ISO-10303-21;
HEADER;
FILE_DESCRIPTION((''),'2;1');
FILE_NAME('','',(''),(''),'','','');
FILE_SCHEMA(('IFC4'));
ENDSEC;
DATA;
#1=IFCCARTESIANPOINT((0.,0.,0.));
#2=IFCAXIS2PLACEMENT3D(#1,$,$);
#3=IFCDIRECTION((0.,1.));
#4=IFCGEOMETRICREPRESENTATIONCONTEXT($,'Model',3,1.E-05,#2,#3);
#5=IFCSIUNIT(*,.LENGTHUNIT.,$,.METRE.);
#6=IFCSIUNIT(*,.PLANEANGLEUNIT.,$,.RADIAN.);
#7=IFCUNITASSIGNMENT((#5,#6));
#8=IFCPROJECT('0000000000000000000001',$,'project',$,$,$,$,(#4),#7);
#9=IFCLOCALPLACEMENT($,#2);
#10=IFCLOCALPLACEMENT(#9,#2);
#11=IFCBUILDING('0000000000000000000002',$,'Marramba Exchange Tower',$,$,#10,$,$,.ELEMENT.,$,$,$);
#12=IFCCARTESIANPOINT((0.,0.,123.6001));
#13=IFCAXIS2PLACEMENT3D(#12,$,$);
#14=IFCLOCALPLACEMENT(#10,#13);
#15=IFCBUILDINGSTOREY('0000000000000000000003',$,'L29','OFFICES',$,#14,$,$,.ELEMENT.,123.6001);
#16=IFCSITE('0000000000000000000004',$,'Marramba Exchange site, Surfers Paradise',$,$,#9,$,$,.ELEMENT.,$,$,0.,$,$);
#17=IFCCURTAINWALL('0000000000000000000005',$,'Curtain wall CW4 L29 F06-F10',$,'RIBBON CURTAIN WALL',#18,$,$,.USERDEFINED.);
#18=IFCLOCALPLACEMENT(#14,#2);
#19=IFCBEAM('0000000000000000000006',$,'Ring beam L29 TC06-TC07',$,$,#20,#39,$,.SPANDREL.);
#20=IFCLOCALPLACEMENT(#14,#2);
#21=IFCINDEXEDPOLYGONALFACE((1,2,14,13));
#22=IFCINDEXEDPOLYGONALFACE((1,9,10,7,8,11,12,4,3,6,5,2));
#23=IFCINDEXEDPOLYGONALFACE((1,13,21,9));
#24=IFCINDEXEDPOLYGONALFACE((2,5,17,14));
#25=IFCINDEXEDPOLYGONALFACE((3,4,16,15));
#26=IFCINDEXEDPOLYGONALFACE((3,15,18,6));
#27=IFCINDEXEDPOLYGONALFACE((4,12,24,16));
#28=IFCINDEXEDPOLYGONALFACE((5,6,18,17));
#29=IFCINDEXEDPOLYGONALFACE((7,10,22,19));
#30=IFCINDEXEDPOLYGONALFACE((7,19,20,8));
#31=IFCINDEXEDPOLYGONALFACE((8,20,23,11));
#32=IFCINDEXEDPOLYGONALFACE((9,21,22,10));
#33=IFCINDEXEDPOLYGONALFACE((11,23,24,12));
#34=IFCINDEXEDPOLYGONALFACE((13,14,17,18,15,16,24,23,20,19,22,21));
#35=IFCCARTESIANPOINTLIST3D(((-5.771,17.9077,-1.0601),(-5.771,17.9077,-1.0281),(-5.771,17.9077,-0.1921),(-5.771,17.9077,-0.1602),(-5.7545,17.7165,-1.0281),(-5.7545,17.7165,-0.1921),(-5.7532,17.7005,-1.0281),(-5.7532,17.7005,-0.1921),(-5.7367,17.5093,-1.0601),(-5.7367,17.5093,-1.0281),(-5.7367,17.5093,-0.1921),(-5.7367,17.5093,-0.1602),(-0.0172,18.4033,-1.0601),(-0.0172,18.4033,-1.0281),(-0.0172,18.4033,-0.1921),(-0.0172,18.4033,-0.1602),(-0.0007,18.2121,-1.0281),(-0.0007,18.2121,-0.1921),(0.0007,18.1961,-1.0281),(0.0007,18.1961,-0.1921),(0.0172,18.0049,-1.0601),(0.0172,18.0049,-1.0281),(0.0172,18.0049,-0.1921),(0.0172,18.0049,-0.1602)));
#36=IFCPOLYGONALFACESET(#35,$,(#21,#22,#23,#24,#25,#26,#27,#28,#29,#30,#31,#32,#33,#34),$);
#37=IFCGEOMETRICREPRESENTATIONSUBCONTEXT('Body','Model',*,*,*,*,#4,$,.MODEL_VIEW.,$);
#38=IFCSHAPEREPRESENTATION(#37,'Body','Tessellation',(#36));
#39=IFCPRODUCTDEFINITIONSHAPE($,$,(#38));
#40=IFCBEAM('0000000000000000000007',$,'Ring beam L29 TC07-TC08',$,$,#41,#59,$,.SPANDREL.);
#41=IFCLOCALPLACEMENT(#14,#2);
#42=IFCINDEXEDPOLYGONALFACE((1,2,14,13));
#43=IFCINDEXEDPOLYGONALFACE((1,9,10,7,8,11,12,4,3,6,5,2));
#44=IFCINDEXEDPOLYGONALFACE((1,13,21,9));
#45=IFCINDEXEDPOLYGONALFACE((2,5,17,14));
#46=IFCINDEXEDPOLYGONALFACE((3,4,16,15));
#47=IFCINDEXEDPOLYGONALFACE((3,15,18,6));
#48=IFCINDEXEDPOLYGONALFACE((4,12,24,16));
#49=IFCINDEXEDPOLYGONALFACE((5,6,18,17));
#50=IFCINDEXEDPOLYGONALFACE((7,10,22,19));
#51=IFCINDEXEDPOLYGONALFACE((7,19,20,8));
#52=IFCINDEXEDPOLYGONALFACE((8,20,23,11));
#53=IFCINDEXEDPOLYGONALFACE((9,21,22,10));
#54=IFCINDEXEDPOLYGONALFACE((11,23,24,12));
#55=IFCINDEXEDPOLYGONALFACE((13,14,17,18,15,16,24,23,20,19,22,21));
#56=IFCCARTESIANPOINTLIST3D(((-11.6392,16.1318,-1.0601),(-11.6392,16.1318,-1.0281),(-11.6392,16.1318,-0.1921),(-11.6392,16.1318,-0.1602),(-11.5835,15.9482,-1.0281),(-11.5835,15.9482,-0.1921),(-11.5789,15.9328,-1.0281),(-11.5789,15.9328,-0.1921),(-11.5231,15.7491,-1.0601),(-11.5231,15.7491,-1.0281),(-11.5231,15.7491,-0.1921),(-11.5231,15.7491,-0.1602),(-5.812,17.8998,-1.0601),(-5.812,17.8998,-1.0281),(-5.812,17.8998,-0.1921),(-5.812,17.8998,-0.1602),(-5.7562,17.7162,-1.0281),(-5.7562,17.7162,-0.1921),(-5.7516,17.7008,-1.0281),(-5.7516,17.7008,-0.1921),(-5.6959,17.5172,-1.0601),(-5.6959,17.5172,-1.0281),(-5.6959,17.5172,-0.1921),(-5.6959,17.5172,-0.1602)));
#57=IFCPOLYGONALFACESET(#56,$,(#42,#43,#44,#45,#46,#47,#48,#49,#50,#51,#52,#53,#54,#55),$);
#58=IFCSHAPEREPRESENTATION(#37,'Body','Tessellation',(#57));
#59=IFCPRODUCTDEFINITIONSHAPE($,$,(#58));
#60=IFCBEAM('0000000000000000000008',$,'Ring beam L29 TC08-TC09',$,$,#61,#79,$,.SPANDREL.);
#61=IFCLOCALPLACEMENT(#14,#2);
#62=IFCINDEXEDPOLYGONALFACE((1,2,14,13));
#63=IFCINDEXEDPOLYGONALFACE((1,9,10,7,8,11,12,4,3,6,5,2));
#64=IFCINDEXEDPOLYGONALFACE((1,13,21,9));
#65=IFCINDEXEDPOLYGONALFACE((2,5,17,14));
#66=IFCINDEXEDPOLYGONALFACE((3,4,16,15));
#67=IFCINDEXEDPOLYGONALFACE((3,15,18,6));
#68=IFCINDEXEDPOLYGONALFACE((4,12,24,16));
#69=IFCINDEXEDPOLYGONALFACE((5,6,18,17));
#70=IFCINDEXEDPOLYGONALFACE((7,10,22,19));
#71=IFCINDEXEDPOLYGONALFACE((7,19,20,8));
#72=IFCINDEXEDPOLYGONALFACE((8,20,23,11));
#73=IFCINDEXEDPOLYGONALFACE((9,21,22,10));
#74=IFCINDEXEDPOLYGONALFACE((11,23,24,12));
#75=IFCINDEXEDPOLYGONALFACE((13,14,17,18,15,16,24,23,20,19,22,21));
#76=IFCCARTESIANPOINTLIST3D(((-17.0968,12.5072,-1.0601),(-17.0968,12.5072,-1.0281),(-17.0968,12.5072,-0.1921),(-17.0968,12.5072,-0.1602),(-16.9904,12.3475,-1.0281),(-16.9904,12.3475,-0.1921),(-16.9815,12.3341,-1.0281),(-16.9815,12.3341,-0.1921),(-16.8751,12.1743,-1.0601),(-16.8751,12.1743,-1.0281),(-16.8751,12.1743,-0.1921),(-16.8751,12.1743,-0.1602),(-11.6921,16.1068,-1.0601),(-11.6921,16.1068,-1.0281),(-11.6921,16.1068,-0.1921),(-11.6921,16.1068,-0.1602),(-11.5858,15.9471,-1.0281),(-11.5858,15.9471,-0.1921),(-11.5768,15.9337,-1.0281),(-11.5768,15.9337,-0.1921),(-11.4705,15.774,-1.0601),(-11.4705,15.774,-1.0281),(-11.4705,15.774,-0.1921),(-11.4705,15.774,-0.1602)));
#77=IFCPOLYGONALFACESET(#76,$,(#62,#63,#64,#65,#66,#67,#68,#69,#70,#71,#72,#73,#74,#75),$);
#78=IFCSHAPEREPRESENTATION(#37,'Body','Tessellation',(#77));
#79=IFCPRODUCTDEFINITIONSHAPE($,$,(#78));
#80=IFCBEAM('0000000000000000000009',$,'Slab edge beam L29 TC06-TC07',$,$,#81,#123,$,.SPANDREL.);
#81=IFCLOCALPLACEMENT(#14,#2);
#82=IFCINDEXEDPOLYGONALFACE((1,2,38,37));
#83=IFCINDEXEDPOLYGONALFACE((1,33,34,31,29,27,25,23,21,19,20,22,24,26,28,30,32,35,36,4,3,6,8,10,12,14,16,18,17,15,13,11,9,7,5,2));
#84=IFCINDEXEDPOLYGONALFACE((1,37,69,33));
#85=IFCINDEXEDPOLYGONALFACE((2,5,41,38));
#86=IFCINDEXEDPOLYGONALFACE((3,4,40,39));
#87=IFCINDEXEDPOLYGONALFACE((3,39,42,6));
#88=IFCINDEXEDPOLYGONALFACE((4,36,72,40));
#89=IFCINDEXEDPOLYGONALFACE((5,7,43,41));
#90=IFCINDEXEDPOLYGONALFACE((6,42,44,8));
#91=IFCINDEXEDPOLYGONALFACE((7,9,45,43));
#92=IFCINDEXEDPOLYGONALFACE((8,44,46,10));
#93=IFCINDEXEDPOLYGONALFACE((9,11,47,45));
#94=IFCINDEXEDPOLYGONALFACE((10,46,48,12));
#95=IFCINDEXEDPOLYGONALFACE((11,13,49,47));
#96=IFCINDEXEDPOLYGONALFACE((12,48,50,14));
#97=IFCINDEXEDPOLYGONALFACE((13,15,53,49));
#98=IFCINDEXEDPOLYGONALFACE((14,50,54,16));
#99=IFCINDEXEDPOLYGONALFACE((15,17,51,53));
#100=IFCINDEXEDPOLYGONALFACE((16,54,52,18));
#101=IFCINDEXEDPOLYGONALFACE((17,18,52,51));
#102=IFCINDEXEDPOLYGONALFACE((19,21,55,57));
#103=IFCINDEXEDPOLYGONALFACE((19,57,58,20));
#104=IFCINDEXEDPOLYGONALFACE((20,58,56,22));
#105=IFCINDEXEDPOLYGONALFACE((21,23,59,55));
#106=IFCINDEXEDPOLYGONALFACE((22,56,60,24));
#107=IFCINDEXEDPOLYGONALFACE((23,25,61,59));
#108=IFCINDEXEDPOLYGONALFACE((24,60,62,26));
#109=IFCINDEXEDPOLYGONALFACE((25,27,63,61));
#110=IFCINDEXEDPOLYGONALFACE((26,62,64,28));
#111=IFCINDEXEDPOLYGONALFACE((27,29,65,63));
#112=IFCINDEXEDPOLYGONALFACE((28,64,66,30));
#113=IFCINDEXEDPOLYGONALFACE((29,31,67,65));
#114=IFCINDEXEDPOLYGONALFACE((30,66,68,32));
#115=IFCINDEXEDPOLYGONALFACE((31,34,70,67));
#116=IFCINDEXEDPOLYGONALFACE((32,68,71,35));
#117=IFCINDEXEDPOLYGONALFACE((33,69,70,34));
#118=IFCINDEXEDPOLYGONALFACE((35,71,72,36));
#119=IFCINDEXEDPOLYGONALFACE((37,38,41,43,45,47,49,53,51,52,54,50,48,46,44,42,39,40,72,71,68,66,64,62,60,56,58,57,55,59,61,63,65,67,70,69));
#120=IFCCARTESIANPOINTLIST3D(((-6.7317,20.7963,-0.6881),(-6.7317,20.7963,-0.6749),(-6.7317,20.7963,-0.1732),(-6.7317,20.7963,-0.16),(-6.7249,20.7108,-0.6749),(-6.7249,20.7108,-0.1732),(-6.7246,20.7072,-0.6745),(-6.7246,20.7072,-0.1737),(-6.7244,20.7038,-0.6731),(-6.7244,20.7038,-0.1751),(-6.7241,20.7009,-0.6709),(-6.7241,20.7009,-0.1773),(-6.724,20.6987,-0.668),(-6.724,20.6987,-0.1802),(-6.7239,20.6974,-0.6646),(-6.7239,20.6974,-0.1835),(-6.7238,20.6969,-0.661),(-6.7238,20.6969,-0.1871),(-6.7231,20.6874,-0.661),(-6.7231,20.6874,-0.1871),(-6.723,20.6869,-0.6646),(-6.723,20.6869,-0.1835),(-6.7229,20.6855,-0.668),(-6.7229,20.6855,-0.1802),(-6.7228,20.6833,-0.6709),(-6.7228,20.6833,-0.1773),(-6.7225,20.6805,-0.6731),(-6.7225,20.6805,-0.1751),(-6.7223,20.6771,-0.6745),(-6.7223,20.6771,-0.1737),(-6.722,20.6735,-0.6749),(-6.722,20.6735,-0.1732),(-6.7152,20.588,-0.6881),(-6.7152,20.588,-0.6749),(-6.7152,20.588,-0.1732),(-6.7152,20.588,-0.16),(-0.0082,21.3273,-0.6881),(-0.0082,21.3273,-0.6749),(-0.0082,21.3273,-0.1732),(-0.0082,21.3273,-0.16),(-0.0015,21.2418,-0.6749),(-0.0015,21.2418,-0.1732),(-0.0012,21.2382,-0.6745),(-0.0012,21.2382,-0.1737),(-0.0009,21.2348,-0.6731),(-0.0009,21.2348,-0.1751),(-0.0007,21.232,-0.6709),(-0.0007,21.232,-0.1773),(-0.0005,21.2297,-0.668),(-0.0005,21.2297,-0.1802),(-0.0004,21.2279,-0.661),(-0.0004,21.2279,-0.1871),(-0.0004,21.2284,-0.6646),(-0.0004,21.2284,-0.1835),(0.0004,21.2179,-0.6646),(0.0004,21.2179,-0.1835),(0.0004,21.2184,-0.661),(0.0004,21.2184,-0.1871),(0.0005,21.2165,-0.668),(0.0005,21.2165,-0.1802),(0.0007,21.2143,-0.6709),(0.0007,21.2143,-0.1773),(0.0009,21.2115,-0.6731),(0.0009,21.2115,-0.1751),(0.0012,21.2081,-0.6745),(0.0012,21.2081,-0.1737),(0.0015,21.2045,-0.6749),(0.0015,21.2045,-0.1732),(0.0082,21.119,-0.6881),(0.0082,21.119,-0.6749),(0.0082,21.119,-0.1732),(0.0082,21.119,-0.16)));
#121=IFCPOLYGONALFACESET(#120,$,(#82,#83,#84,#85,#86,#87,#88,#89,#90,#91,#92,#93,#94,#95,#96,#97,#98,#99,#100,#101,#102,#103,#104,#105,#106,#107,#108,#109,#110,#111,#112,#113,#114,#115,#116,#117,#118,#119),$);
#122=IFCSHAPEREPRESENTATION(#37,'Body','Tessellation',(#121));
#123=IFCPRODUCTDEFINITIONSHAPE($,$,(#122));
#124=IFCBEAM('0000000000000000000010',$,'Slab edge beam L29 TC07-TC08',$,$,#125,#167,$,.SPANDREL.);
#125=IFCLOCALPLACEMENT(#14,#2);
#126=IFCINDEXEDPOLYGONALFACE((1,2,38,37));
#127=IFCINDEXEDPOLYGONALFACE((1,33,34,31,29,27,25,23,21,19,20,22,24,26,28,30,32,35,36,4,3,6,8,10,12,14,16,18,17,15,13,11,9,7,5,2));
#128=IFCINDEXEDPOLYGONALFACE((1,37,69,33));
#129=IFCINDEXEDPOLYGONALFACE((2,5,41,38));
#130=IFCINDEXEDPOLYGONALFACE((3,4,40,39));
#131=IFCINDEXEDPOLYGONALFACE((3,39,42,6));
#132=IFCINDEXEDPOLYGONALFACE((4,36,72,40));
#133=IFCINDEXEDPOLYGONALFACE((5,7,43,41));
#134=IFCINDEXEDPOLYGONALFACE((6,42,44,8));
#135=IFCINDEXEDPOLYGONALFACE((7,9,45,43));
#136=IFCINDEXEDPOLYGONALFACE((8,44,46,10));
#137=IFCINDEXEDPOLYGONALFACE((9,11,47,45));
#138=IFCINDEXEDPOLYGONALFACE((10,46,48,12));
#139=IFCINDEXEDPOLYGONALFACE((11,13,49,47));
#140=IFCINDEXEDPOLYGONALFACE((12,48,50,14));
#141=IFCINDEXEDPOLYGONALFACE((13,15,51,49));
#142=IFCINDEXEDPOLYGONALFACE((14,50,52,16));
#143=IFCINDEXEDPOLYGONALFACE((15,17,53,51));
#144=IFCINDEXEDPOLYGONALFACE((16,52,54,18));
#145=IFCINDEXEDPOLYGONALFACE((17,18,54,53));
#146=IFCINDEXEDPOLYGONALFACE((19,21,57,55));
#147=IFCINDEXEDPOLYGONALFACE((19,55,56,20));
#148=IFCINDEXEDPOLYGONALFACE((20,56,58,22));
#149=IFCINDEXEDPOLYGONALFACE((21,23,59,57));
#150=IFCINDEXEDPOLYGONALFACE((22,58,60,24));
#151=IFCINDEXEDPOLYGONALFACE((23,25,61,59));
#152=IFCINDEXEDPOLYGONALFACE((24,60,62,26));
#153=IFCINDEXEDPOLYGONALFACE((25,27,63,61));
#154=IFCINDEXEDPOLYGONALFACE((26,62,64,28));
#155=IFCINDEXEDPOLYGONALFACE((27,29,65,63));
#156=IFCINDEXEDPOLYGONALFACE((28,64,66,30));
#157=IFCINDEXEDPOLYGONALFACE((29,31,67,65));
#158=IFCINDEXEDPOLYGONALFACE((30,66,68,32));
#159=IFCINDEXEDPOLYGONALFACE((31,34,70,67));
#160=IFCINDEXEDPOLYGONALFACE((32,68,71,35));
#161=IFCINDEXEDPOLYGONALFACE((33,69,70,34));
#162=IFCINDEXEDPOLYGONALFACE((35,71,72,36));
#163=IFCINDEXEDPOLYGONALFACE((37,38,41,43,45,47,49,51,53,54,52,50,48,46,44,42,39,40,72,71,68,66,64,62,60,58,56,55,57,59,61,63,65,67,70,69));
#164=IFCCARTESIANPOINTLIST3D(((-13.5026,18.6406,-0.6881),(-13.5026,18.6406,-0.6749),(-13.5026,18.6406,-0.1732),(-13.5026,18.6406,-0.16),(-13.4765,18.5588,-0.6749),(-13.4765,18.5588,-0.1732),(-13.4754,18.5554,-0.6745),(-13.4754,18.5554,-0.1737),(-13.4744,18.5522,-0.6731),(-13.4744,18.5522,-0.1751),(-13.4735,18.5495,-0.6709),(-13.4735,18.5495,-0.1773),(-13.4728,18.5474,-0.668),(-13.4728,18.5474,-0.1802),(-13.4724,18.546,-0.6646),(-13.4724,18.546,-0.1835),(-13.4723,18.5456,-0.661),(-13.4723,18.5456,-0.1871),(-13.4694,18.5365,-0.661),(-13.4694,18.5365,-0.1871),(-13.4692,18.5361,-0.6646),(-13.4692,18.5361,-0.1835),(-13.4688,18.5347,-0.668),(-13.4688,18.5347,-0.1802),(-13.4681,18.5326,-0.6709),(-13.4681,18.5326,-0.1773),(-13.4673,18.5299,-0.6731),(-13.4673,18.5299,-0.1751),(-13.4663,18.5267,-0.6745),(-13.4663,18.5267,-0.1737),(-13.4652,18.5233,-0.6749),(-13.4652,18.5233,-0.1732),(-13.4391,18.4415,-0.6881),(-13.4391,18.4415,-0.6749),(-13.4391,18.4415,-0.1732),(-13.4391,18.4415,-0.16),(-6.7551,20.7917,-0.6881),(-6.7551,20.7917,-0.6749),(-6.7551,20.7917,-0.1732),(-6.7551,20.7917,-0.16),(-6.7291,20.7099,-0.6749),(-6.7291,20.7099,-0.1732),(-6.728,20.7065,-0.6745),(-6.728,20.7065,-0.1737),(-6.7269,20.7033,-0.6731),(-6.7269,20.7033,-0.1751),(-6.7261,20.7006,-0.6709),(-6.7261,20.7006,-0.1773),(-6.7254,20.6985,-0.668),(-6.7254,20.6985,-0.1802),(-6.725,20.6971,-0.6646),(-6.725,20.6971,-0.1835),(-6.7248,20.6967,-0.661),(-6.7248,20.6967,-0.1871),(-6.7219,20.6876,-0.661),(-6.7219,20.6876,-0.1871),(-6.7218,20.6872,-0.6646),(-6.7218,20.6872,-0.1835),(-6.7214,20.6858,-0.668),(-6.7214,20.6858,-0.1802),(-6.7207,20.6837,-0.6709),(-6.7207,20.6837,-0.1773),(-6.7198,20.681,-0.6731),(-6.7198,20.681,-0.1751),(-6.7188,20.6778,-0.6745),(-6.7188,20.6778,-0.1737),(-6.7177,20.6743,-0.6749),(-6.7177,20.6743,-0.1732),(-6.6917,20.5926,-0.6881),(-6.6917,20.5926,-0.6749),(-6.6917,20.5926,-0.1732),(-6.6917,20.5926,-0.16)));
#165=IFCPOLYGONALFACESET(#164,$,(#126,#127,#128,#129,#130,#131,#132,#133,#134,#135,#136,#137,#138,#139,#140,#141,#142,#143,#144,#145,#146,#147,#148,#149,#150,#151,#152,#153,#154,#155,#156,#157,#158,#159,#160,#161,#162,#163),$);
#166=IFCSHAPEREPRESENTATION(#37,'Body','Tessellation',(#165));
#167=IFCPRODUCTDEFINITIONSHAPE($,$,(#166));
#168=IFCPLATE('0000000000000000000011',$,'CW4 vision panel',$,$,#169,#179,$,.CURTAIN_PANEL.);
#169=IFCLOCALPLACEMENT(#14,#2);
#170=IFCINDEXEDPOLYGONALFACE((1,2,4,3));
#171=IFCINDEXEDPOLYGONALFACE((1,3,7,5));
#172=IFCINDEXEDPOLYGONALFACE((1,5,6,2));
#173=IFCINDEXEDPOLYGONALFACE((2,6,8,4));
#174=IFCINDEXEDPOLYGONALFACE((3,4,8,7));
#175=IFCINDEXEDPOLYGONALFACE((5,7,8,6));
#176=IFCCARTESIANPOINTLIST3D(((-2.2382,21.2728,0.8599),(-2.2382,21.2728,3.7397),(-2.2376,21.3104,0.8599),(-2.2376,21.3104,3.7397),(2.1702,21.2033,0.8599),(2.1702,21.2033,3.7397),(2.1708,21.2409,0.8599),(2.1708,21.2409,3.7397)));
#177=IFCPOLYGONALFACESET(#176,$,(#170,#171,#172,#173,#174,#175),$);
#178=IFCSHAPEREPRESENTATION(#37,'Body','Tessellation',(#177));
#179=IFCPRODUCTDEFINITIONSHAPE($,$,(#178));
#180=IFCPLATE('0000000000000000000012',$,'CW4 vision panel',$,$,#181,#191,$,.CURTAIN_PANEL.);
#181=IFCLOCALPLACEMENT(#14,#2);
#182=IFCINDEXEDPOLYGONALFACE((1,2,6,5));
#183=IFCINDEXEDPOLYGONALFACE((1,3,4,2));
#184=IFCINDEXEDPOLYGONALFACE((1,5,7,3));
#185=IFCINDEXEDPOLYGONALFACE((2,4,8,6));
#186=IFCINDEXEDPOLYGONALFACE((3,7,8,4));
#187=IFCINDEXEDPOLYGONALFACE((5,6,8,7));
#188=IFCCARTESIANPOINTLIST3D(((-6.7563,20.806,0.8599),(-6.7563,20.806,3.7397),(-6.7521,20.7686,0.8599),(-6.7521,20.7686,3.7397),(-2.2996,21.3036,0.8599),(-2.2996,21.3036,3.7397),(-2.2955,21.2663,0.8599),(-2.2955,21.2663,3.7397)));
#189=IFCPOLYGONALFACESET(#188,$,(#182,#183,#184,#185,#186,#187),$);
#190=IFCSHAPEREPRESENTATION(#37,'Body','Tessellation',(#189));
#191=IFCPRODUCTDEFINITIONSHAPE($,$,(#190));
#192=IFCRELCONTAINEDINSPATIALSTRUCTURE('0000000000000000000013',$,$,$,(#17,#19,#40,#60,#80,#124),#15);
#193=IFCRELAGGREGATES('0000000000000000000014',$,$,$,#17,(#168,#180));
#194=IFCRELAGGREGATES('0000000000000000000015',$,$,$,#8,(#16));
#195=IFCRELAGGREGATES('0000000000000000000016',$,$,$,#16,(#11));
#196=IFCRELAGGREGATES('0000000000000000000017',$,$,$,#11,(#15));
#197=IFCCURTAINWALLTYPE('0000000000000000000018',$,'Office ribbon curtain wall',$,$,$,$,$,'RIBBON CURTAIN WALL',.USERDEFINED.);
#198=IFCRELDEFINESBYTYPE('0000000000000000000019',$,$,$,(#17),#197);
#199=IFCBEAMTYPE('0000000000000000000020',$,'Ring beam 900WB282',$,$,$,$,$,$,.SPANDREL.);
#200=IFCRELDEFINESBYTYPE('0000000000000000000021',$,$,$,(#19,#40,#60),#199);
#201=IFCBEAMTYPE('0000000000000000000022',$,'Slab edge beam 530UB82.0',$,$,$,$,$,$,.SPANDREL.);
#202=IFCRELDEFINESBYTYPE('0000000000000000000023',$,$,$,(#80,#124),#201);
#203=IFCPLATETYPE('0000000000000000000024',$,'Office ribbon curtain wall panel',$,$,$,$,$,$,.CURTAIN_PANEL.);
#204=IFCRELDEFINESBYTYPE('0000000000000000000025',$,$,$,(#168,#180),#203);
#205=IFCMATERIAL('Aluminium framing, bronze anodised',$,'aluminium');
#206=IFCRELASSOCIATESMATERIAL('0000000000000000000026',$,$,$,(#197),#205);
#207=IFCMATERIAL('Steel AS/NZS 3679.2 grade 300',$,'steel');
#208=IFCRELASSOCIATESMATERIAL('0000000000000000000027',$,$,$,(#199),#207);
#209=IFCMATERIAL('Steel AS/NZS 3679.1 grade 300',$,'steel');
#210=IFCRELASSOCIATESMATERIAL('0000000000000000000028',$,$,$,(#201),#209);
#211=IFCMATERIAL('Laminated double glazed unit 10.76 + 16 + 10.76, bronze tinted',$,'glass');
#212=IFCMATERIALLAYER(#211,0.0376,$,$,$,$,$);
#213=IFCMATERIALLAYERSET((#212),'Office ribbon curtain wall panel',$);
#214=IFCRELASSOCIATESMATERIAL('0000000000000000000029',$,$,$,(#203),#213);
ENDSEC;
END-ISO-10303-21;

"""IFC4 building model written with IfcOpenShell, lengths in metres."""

from ifc_helpers import new_model, si_unit, direction, frame, origin, origin_2d, place, context, subcontext, project, spatial, rectangle, i_section, extrude, material, layer, layer_set, material_profile, profile_set, type_object, element, aggregate, save


model = new_model("IFC4")

# Units and contexts
model_context = context("Model", 3, precision=1e-05, world=origin(), true_north=direction((0.0, 1.0)))
body_context = subcontext(model_context, "Body", "Model", "MODEL_VIEW")
ifc_project = project(units=[si_unit("LENGTHUNIT", "METRE"), si_unit("PLANEANGLEUNIT", "RADIAN")], contexts=[model_context])

# Site, building, storey
site_placement = place(None, origin())
site = spatial("IfcSite", under=ifc_project, at=site_placement, Name="Marramba Exchange site, Surfers Paradise", CompositionType="ELEMENT", RefElevation=0.0)
building_placement = place(site_placement, origin())
building = spatial("IfcBuilding", under=site, at=building_placement, Name="Marramba Exchange Tower", CompositionType="ELEMENT")
storey_placement = place(building_placement, frame((0.0, 0.0, 123.6001)))
storey = spatial("IfcBuildingStorey", under=building, at=storey_placement, Name="L29", Description="OFFICES", CompositionType="ELEMENT", Elevation=123.6001)

# Shared definitions
ifc_material_1 = material(Name="Steel AS/NZS 3679.2 grade 300", Category="steel")

# Curtain wall
ifc_material_2 = material(Name="Aluminium framing, bronze anodised", Category="aluminium")
curtain_wall_type = type_object("IfcCurtainWallType", Name="Office ribbon curtain wall", ElementType="RIBBON CURTAIN WALL", PredefinedType="USERDEFINED", material=ifc_material_2)
curtain_wall_1_placement = place(storey_placement, origin())
curtain_wall_1 = element("IfcCurtainWall", 1, at=curtain_wall_1_placement, inside=storey, type_object=curtain_wall_type, Name="Curtain wall CW4 L29 F06-F10", ObjectType="RIBBON CURTAIN WALL", PredefinedType="USERDEFINED")

# Beams
ifc_material_profile_1 = material_profile(ifc_material_1, i_section(OverallWidth=0.3999, OverallDepth=0.8999, WebThickness=0.0161, FlangeThickness=0.032, at=origin_2d()), Name="900WB282")
ifc_profile_set_1 = profile_set([ifc_material_profile_1], Name="Steel AS/NZS 3679.2 grade 300")
beam_type_1 = type_object("IfcBeamType", Name="Ring beam 900WB282", PredefinedType="SPANDREL", material=ifc_profile_set_1)
beam_1_placement = place(storey_placement, frame((0.0, 18.2041, -0.6101), z_axis=(-0.996311, -0.085816, 0.0), x_axis=(0.085816, -0.996311, 0.0)))
element("IfcBeam", 2, at=beam_1_placement, inside=storey, type_object=beam_type_1, Name="Ring beam L29 TC06-TC07", PredefinedType="SPANDREL", context=body_context, shape_type="SweptSolid", body=[
    extrude(i_section(OverallWidth=0.3999, OverallDepth=0.8999, WebThickness=0.0161, FlangeThickness=0.032, at=origin_2d()), origin(), (0.0, 0.0, 1.0), 5.7751),
])
beam_2_placement = place(storey_placement, frame((-5.7539, 17.7085, -0.6101), z_axis=(-0.956925, -0.290337, 0.0), x_axis=(0.290337, -0.956925, 0.0)))
element("IfcBeam", 3, at=beam_2_placement, inside=storey, type_object=beam_type_1, Name="Ring beam L29 TC07-TC08", PredefinedType="SPANDREL", context=body_context, shape_type="SweptSolid", body=[
    extrude(i_section(OverallWidth=0.3999, OverallDepth=0.8999, WebThickness=0.0161, FlangeThickness=0.032, at=origin_2d()), origin(), (0.0, 0.0, 1.0), 6.0896),
])
beam_3_placement = place(storey_placement, frame((-11.5813, 15.9404, -0.6101), z_axis=(-0.832293, -0.554336, 0.0), x_axis=(0.554336, -0.832293, 0.0)))
element("IfcBeam", 4, at=beam_3_placement, inside=storey, type_object=beam_type_1, Name="Ring beam L29 TC08-TC09", PredefinedType="SPANDREL", context=body_context, shape_type="SweptSolid", body=[
    extrude(i_section(OverallWidth=0.3999, OverallDepth=0.8999, WebThickness=0.0161, FlangeThickness=0.032, at=origin_2d()), origin(), (0.0, 0.0, 1.0), 6.4937),
])
ifc_material_3 = material(Name="Steel AS/NZS 3679.1 grade 300", Category="steel")
ifc_material_profile_2 = material_profile(ifc_material_3, i_section(OverallWidth=0.209, OverallDepth=0.5281, WebThickness=0.0095, FlangeThickness=0.0132, FilletRadius=0.0139, at=origin_2d()), Name="530UB82.0")
ifc_profile_set_2 = profile_set([ifc_material_profile_2], Name="Steel AS/NZS 3679.1 grade 300")
beam_type_2 = type_object("IfcBeamType", Name="Slab edge beam 530UB82.0", PredefinedType="SPANDREL", material=ifc_profile_set_2)
beam_4_placement = place(storey_placement, frame((0.0, 21.2231, -0.4241), z_axis=(-0.996896, -0.078734, 0.0), x_axis=(0.078734, -0.996896, 0.0)))
element("IfcBeam", 5, at=beam_4_placement, inside=storey, type_object=beam_type_2, Name="Slab edge beam L29 TC06-TC07", PredefinedType="SPANDREL", context=body_context, shape_type="SweptSolid", body=[
    extrude(i_section(OverallWidth=0.209, OverallDepth=0.5281, WebThickness=0.0095, FlangeThickness=0.0132, FilletRadius=0.0139, at=origin_2d()), origin(), (0.0, 0.0, 1.0), 6.7444),
])
beam_5_placement = place(storey_placement, frame((-6.7234, 20.6921, -0.4241), z_axis=(-0.952755, -0.303739, 0.0), x_axis=(0.303739, -0.952755, 0.0)))
element("IfcBeam", 6, at=beam_5_placement, inside=storey, type_object=beam_type_2, Name="Slab edge beam L29 TC07-TC08", PredefinedType="SPANDREL", context=body_context, shape_type="SweptSolid", body=[
    extrude(i_section(OverallWidth=0.209, OverallDepth=0.5281, WebThickness=0.0095, FlangeThickness=0.0132, FilletRadius=0.0139, at=origin_2d()), origin(), (0.0, 0.0, 1.0), 7.082),
])

# Plates
ifc_material_4 = material(Name="Laminated double glazed unit 10.76 + 16 + 10.76, bronze tinted", Category="glass")
ifc_layer_1 = layer(ifc_material_4, 0.0376)
ifc_layer_set_1 = layer_set([ifc_layer_1], Name="Office ribbon curtain wall panel")
plate_type = type_object("IfcPlateType", Name="Office ribbon curtain wall panel", PredefinedType="CURTAIN_PANEL", material=ifc_layer_set_1)
plate_1_placement = place(storey_placement, frame((-0.0337, 21.2568, 0.8599), z_axis=(0.0, 0.0, 1.0), x_axis=(-0.999876, 0.015756, 0.0)))
plate_1 = element("IfcPlate", 7, at=plate_1_placement, type_object=plate_type, Name="CW4 vision panel", PredefinedType="CURTAIN_PANEL", context=body_context, shape_type="SweptSolid", body=[
    extrude(rectangle(XDim=4.4089, YDim=0.0376, at=origin_2d()), origin(), (0.0, 0.0, 1.0), 2.8799),
])
plate_2_placement = place(storey_placement, frame((-4.5259, 21.0361, 0.8599), z_axis=(0.0, 0.0, 1.0), x_axis=(-0.993823, -0.110973, 0.0)))
plate_2 = element("IfcPlate", 8, at=plate_2_placement, type_object=plate_type, Name="CW4 vision panel", PredefinedType="CURTAIN_PANEL", context=body_context, shape_type="SweptSolid", body=[
    extrude(rectangle(XDim=4.4844, YDim=0.0376, at=origin_2d()), origin(), (0.0, 0.0, 1.0), 2.8799),
])
aggregate(curtain_wall_1, [plate_1, plate_2])

save(model, "model.ifc")
